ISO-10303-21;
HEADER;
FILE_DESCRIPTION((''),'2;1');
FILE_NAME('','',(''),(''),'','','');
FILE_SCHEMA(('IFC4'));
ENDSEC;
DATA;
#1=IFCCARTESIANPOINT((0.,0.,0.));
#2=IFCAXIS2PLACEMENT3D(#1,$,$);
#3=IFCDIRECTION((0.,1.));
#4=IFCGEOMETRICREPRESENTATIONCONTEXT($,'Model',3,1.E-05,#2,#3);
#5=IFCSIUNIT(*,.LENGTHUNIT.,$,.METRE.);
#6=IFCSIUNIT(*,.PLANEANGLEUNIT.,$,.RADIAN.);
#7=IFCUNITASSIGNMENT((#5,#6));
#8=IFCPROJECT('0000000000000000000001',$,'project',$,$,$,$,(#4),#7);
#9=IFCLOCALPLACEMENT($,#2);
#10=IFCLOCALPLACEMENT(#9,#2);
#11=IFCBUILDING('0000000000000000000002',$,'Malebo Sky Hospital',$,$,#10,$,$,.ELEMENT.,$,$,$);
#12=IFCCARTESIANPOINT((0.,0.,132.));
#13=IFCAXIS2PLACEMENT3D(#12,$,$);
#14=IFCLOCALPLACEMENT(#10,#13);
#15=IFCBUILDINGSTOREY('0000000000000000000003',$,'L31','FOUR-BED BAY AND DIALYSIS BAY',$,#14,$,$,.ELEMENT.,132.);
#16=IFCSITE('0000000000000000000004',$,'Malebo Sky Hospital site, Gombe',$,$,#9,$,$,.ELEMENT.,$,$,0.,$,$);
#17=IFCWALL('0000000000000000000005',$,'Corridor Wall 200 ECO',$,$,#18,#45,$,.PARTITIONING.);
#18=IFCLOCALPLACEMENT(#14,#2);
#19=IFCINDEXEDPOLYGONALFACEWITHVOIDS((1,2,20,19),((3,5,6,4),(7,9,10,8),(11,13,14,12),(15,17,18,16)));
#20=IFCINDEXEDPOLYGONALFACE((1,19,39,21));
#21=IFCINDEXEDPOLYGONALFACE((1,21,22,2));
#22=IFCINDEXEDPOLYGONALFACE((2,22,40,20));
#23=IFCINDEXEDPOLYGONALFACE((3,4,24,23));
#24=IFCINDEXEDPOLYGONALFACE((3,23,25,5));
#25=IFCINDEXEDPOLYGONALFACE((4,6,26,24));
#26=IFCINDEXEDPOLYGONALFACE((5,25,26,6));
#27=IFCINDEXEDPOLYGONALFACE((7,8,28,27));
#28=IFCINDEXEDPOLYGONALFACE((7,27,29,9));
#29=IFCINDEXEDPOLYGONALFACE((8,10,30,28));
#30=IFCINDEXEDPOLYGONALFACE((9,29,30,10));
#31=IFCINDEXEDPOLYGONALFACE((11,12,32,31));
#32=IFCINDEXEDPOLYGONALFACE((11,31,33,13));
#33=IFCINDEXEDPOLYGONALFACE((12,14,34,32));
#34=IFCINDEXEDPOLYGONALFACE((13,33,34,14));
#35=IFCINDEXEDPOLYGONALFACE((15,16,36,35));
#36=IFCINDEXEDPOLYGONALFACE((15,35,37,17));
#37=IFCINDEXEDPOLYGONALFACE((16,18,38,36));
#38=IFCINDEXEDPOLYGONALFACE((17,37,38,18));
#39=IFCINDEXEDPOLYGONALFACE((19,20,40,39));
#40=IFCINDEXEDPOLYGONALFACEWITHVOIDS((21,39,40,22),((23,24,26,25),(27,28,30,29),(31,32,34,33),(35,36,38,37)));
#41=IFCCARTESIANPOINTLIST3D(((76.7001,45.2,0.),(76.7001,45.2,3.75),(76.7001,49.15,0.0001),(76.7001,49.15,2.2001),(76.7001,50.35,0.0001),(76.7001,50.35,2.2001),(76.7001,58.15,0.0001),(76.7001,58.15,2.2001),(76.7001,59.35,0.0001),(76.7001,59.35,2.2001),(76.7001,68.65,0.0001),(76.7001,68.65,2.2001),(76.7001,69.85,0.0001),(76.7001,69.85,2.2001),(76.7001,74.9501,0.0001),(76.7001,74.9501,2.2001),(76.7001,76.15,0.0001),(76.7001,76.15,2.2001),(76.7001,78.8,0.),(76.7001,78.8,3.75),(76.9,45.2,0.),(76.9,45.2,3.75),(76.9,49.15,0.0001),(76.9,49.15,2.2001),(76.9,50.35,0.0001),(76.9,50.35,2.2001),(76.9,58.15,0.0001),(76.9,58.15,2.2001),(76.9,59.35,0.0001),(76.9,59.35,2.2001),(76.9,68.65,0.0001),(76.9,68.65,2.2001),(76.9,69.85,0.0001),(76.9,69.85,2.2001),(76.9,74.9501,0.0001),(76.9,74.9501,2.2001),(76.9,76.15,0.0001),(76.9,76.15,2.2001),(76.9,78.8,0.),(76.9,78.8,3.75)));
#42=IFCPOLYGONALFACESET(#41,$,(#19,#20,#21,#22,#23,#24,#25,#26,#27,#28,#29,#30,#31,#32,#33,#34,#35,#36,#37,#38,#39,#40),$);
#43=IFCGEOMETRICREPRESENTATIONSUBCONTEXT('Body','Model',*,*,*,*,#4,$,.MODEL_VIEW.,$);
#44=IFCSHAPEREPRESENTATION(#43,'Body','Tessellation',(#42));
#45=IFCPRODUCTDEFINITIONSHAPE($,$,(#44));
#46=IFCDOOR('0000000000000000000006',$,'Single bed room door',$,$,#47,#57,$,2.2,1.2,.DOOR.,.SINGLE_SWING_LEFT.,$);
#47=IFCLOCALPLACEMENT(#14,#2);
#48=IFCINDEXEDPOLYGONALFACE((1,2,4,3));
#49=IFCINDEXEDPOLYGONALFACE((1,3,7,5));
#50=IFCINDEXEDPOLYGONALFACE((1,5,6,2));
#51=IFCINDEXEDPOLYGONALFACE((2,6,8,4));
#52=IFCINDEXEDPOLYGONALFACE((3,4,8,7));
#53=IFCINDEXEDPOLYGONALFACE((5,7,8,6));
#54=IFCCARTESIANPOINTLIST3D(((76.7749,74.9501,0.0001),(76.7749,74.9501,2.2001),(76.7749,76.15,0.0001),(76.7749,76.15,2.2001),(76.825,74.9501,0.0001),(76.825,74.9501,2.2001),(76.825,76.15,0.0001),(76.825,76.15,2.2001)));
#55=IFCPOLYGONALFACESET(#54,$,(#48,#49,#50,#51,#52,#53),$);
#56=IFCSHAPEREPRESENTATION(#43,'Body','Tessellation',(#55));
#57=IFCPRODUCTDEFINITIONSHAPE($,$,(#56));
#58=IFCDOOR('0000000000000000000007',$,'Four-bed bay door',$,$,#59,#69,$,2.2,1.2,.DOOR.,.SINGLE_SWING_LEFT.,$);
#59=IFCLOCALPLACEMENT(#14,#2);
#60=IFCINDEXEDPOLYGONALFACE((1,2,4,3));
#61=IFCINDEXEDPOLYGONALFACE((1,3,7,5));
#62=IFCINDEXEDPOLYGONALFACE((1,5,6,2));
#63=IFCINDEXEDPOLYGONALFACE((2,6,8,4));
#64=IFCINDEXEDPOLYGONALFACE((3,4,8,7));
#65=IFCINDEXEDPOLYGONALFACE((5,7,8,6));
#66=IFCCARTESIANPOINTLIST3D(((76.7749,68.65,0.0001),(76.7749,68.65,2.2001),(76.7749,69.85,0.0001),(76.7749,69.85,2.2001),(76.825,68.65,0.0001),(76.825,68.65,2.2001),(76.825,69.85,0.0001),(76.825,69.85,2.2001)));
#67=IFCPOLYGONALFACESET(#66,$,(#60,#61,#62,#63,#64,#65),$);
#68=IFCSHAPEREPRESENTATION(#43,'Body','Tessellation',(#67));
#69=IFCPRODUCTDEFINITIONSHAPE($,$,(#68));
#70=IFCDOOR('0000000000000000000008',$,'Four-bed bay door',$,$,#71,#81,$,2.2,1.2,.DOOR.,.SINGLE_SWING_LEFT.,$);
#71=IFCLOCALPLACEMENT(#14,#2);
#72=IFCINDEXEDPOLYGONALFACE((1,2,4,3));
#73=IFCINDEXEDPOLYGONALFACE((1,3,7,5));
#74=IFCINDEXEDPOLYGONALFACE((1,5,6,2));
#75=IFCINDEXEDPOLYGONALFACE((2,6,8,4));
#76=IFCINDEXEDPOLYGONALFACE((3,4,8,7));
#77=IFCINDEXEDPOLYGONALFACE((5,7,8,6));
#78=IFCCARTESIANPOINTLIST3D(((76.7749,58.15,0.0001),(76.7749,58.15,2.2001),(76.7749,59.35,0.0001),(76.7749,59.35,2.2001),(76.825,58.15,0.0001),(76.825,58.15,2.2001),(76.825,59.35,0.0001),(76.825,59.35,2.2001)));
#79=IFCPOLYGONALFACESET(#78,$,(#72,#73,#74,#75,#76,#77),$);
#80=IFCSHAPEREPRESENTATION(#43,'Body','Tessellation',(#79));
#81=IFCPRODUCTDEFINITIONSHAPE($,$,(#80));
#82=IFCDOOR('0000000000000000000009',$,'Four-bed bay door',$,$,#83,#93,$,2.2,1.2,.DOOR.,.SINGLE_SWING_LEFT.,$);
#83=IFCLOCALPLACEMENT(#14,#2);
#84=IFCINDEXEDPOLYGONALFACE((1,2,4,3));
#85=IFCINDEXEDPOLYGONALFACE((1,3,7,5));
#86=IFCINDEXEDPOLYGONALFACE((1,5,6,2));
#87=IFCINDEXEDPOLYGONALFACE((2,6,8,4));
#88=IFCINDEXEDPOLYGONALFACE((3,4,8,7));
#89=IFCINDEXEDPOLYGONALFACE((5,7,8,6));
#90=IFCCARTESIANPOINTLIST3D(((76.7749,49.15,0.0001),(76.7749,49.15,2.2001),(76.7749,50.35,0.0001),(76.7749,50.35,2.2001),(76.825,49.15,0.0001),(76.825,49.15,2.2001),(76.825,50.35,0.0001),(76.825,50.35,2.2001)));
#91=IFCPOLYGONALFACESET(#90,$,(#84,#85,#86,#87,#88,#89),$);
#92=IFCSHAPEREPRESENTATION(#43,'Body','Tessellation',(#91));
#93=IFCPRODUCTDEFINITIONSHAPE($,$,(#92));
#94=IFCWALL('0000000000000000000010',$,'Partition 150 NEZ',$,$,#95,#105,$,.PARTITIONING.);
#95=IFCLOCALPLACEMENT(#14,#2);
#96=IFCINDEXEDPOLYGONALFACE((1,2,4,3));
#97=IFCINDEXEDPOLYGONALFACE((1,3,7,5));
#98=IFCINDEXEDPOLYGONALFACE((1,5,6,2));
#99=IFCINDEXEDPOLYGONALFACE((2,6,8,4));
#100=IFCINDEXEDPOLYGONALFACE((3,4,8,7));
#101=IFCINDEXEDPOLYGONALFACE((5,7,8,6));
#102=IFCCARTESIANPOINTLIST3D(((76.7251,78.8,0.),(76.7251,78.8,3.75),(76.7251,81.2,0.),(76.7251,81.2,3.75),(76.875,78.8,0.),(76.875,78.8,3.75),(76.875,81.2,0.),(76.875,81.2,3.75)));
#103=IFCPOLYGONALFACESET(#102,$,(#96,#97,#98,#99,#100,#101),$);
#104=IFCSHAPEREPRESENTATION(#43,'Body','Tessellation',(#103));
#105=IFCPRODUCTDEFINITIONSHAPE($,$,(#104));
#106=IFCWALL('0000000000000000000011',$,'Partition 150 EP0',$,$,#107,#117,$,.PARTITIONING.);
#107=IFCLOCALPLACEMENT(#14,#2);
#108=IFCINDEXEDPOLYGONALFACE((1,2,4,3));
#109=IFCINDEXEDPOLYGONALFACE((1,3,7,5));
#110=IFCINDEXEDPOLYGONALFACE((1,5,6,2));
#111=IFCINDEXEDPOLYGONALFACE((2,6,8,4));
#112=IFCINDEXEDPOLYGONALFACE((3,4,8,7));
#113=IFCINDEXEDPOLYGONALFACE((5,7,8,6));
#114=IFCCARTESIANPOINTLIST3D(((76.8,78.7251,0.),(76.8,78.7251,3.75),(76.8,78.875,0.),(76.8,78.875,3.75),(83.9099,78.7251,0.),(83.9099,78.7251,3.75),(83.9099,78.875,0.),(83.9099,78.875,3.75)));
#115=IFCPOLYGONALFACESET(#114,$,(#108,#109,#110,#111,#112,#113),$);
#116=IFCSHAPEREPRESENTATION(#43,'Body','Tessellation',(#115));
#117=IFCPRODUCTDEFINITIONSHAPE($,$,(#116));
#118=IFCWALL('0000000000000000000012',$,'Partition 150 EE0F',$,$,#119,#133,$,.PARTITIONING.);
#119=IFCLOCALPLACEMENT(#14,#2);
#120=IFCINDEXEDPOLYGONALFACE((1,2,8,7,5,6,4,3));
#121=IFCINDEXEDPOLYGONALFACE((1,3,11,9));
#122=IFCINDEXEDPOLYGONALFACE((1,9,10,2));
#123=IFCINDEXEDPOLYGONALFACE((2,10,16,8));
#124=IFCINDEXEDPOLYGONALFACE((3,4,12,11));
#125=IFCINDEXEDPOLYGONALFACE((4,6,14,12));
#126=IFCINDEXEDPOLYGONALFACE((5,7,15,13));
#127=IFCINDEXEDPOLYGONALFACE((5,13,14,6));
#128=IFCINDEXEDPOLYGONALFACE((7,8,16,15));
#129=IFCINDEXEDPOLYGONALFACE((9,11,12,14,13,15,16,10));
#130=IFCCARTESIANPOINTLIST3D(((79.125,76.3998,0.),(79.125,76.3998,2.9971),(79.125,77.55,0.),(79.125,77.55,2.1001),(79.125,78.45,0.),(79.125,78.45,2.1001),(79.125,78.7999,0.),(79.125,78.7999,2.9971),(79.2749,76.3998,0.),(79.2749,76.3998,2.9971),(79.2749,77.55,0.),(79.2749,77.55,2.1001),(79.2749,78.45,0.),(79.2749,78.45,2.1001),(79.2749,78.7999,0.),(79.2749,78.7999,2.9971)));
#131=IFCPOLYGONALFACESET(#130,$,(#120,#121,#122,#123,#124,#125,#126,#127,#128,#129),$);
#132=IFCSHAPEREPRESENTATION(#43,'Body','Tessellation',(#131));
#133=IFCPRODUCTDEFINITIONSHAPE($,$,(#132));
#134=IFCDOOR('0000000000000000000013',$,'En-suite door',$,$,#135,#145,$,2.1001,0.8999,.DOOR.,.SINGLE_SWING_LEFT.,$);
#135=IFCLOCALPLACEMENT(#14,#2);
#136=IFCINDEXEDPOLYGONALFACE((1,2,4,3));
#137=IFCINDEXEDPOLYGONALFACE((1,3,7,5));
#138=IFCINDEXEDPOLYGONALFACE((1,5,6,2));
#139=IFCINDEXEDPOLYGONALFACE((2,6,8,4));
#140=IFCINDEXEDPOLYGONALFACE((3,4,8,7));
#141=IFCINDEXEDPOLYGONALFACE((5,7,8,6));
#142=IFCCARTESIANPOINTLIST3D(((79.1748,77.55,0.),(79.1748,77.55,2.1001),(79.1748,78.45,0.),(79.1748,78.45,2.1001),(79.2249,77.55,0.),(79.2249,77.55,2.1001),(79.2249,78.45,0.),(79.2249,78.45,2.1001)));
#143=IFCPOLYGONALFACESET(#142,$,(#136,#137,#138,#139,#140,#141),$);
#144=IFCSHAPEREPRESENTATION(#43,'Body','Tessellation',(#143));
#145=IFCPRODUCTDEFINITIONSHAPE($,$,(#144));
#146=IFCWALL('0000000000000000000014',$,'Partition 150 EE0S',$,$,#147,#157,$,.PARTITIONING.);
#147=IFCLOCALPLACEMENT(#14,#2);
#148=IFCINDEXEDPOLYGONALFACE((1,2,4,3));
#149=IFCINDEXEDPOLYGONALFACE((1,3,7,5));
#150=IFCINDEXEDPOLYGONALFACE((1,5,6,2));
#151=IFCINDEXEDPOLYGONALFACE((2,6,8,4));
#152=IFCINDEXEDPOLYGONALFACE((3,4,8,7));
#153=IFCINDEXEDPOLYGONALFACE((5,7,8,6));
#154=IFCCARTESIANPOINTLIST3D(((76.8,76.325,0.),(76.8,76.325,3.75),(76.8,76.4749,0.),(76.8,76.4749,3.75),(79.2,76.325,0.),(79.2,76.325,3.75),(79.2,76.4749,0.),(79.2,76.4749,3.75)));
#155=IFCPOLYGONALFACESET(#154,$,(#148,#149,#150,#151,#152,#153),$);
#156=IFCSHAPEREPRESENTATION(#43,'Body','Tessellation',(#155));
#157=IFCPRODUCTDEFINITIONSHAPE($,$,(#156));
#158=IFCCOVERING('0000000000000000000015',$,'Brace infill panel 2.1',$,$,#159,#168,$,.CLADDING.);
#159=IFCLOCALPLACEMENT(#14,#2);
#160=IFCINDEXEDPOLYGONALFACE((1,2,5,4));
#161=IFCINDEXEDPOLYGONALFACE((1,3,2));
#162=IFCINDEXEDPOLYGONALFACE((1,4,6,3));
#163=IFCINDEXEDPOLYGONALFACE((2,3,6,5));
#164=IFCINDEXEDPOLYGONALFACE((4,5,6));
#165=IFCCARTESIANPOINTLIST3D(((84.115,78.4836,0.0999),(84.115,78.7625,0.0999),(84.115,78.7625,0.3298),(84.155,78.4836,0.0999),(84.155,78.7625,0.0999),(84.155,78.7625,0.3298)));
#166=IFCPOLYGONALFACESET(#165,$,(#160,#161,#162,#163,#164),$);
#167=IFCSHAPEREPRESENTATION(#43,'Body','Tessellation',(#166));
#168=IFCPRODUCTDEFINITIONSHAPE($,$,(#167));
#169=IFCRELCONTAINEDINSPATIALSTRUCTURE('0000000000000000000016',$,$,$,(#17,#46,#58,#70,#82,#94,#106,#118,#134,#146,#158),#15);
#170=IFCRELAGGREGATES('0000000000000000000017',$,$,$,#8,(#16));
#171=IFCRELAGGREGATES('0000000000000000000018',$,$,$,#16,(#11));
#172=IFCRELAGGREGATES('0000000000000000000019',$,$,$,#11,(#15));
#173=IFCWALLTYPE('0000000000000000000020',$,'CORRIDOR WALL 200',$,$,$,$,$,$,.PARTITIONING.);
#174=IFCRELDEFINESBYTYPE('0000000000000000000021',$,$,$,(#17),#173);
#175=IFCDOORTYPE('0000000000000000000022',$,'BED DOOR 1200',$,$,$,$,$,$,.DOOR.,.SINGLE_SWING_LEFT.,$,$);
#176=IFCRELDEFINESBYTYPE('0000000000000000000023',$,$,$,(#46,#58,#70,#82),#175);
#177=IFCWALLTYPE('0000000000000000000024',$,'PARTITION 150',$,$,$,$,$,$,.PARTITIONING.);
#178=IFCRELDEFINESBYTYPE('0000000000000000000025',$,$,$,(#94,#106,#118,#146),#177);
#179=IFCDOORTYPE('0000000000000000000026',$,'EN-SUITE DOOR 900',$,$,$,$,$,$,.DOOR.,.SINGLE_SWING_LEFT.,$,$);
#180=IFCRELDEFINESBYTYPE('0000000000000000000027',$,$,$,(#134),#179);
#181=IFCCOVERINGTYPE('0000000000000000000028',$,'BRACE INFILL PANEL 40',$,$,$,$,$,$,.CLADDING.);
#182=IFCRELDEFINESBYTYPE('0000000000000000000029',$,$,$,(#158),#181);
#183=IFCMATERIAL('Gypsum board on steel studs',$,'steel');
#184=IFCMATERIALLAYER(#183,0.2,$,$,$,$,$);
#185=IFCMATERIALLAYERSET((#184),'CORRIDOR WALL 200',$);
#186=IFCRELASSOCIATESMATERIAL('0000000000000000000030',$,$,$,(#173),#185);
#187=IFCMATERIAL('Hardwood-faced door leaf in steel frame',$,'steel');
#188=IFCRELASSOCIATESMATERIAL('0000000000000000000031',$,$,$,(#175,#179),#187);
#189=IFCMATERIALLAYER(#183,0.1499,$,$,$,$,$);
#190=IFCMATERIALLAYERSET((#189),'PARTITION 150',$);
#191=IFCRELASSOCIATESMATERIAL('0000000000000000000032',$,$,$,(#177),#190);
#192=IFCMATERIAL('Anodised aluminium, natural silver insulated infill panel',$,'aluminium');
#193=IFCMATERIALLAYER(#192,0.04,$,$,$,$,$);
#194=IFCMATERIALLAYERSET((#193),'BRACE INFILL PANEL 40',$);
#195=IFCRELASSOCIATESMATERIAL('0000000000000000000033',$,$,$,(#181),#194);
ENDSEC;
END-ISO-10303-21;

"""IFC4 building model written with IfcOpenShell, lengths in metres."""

from ifc_helpers import new_model, si_unit, direction, frame, frame_2d, origin, place, context, subcontext, project, spatial, polyline, rectangle, outline, extrude, material, layer, layer_set, type_object, element, fill, save


model = new_model("IFC4")

# Units and contexts
model_context = context("Model", 3, precision=1e-05, world=origin(), true_north=direction((0.0, 1.0)))
body_context = subcontext(model_context, "Body", "Model", "MODEL_VIEW")
ifc_project = project(units=[si_unit("LENGTHUNIT", "METRE"), si_unit("PLANEANGLEUNIT", "RADIAN")], contexts=[model_context])

# Site, building, storey
site_placement = place(None, origin())
site = spatial("IfcSite", under=ifc_project, at=site_placement, Name="Malebo Sky Hospital site, Gombe", CompositionType="ELEMENT", RefElevation=0.0)
building_placement = place(site_placement, origin())
building = spatial("IfcBuilding", under=site, at=building_placement, Name="Malebo Sky Hospital", CompositionType="ELEMENT")
storey_placement = place(building_placement, frame((0.0, 0.0, 132.0)))
storey = spatial("IfcBuildingStorey", under=building, at=storey_placement, Name="L31", Description="FOUR-BED BAY AND DIALYSIS BAY", CompositionType="ELEMENT", Elevation=132.0)

# Wall, openings, doors
ifc_material_1 = material(Name="Gypsum board on steel studs", Category="steel")
ifc_layer_1 = layer(ifc_material_1, 0.2)
ifc_layer_set_1 = layer_set([ifc_layer_1], Name="CORRIDOR WALL 200")
wall_type_1 = type_object("IfcWallType", Name="CORRIDOR WALL 200", PredefinedType="PARTITIONING", material=ifc_layer_set_1)
wall_1_placement = place(storey_placement, frame((76.8, 78.8, 0.0), z_axis=(0.0, 0.0, 1.0), x_axis=(0.0, -1.0, 0.0)))
wall_1 = element("IfcWall", 1, at=wall_1_placement, inside=storey, type_object=wall_type_1, Name="Corridor Wall 200 ECO", PredefinedType="PARTITIONING", context=body_context, shape_type="SweptSolid", body=[
    extrude(rectangle(XDim=33.6001, YDim=0.2, at=frame_2d((16.8, 0.0))), origin(), (0.0, 0.0, 1.0), 3.75),
])
opening_1_placement = place(wall_1_placement, frame((2.6499, 0.0, 0.0)))
opening_1 = element("IfcOpeningElement", 2, at=opening_1_placement, cuts=wall_1, PredefinedType="OPENING", context=body_context, shape_type="SweptSolid", body=[
    extrude(rectangle(XDim=1.2, YDim=2.2, at=frame_2d((0.6001, 1.1001))), frame((0.0, 0.1099, 0.0), z_axis=(0.0, -1.0, 0.0), x_axis=(1.0, 0.0, 0.0)), (0.0, 0.0, 1.0), 0.22),
])
opening_2_placement = place(wall_1_placement, frame((8.95, 0.0, 0.0)))
opening_2 = element("IfcOpeningElement", 3, at=opening_2_placement, cuts=wall_1, PredefinedType="OPENING", context=body_context, shape_type="SweptSolid", body=[
    extrude(rectangle(XDim=1.2, YDim=2.2, at=frame_2d((0.6001, 1.1001))), frame((0.0, 0.1099, 0.0), z_axis=(0.0, -1.0, 0.0), x_axis=(1.0, 0.0, 0.0)), (0.0, 0.0, 1.0), 0.22),
])
opening_3_placement = place(wall_1_placement, frame((19.45, 0.0, 0.0)))
opening_3 = element("IfcOpeningElement", 4, at=opening_3_placement, cuts=wall_1, PredefinedType="OPENING", context=body_context, shape_type="SweptSolid", body=[
    extrude(rectangle(XDim=1.2, YDim=2.2, at=frame_2d((0.6001, 1.1001))), frame((0.0, 0.1099, 0.0), z_axis=(0.0, -1.0, 0.0), x_axis=(1.0, 0.0, 0.0)), (0.0, 0.0, 1.0), 0.22),
])
opening_4_placement = place(wall_1_placement, frame((28.45, 0.0, 0.0)))
opening_4 = element("IfcOpeningElement", 5, at=opening_4_placement, cuts=wall_1, PredefinedType="OPENING", context=body_context, shape_type="SweptSolid", body=[
    extrude(rectangle(XDim=1.2, YDim=2.2, at=frame_2d((0.6001, 1.1001))), frame((0.0, 0.1099, 0.0), z_axis=(0.0, -1.0, 0.0), x_axis=(1.0, 0.0, 0.0)), (0.0, 0.0, 1.0), 0.22),
])
ifc_material_2 = material(Name="Hardwood-faced door leaf in steel frame", Category="steel")
door_type_1 = type_object("IfcDoorType", Name="BED DOOR 1200", OperationType="SINGLE_SWING_LEFT", PredefinedType="DOOR", material=ifc_material_2)
door_1_placement = place(opening_1_placement, origin())
door_1 = element("IfcDoor", 6, at=door_1_placement, inside=storey, type_object=door_type_1, Name="Single bed room door", OperationType="SINGLE_SWING_LEFT", OverallHeight=2.2, OverallWidth=1.2, PredefinedType="DOOR", context=body_context, shape_type="SweptSolid", body=[
    extrude(rectangle(XDim=1.2, YDim=2.2, at=frame_2d((0.6001, 1.1001))), frame((0.0, 0.0249, 0.0), z_axis=(0.0, -1.0, 0.0), x_axis=(1.0, 0.0, 0.0)), (0.0, 0.0, 1.0), 0.05),
])
fill(opening_1, door_1)
door_2_placement = place(opening_2_placement, origin())
door_2 = element("IfcDoor", 7, at=door_2_placement, inside=storey, type_object=door_type_1, Name="Four-bed bay door", OperationType="SINGLE_SWING_LEFT", OverallHeight=2.2, OverallWidth=1.2, PredefinedType="DOOR", context=body_context, shape_type="SweptSolid", body=[
    extrude(rectangle(XDim=1.2, YDim=2.2, at=frame_2d((0.6001, 1.1001))), frame((0.0, 0.0249, 0.0), z_axis=(0.0, -1.0, 0.0), x_axis=(1.0, 0.0, 0.0)), (0.0, 0.0, 1.0), 0.05),
])
fill(opening_2, door_2)
door_3_placement = place(opening_3_placement, origin())
door_3 = element("IfcDoor", 8, at=door_3_placement, inside=storey, type_object=door_type_1, Name="Four-bed bay door", OperationType="SINGLE_SWING_LEFT", OverallHeight=2.2, OverallWidth=1.2, PredefinedType="DOOR", context=body_context, shape_type="SweptSolid", body=[
    extrude(rectangle(XDim=1.2, YDim=2.2, at=frame_2d((0.6001, 1.1001))), frame((0.0, 0.0249, 0.0), z_axis=(0.0, -1.0, 0.0), x_axis=(1.0, 0.0, 0.0)), (0.0, 0.0, 1.0), 0.05),
])
fill(opening_3, door_3)
door_4_placement = place(opening_4_placement, origin())
door_4 = element("IfcDoor", 9, at=door_4_placement, inside=storey, type_object=door_type_1, Name="Four-bed bay door", OperationType="SINGLE_SWING_LEFT", OverallHeight=2.2, OverallWidth=1.2, PredefinedType="DOOR", context=body_context, shape_type="SweptSolid", body=[
    extrude(rectangle(XDim=1.2, YDim=2.2, at=frame_2d((0.6001, 1.1001))), frame((0.0, 0.0249, 0.0), z_axis=(0.0, -1.0, 0.0), x_axis=(1.0, 0.0, 0.0)), (0.0, 0.0, 1.0), 0.05),
])
fill(opening_4, door_4)

# Walls
ifc_layer_2 = layer(ifc_material_1, 0.1499)
ifc_layer_set_2 = layer_set([ifc_layer_2], Name="PARTITION 150")
wall_type_2 = type_object("IfcWallType", Name="PARTITION 150", PredefinedType="PARTITIONING", material=ifc_layer_set_2)
wall_2_placement = place(storey_placement, frame((76.8, 78.8, 0.0), z_axis=(0.0, 0.0, 1.0), x_axis=(0.0, 1.0, 0.0)))
element("IfcWall", 10, at=wall_2_placement, inside=storey, type_object=wall_type_2, Name="Partition 150 NEZ", PredefinedType="PARTITIONING", context=body_context, shape_type="SweptSolid", body=[
    extrude(rectangle(XDim=2.3999, YDim=0.1499, at=frame_2d((1.2, 0.0))), origin(), (0.0, 0.0, 1.0), 3.75),
])
wall_3_placement = place(storey_placement, frame((76.8, 78.8, 0.0), z_axis=(0.0, 0.0, 1.0), x_axis=(1.0, 0.0, 0.0)))
element("IfcWall", 11, at=wall_3_placement, inside=storey, type_object=wall_type_2, Name="Partition 150 EP0", PredefinedType="PARTITIONING", context=body_context, shape_type="SweptSolid", body=[
    extrude(rectangle(XDim=7.1099, YDim=0.1499, at=frame_2d((3.5549, 0.0))), origin(), (0.0, 0.0, 1.0), 3.75),
])

# Wall, opening, door
wall_4_placement = place(storey_placement, frame((79.2, 78.8, 0.0), z_axis=(0.0, 0.0, 1.0), x_axis=(0.0, -1.0, 0.0)))
wall_4 = element("IfcWall", 12, at=wall_4_placement, inside=storey, type_object=wall_type_2, Name="Partition 150 EE0F", PredefinedType="PARTITIONING", context=body_context, shape_type="SweptSolid", body=[
    extrude(rectangle(XDim=2.4001, YDim=0.1499, at=frame_2d((1.2002, 0.0))), origin(), (0.0, 0.0, 1.0), 2.9971),
])
opening_5_placement = place(wall_4_placement, frame((0.3501, 0.0, 0.0)))
opening_5 = element("IfcOpeningElement", 13, at=opening_5_placement, cuts=wall_4, PredefinedType="OPENING", context=body_context, shape_type="SweptSolid", body=[
    extrude(rectangle(XDim=0.8999, YDim=2.1001, at=frame_2d((0.45, 1.05))), frame((0.0, 0.085, 0.0), z_axis=(0.0, -1.0, 0.0), x_axis=(1.0, 0.0, 0.0)), (0.0, 0.0, 1.0), 0.1699),
])
door_type_2 = type_object("IfcDoorType", Name="EN-SUITE DOOR 900", OperationType="SINGLE_SWING_LEFT", PredefinedType="DOOR", material=ifc_material_2)
door_5_placement = place(opening_5_placement, origin())
door_5 = element("IfcDoor", 14, at=door_5_placement, inside=storey, type_object=door_type_2, Name="En-suite door", OperationType="SINGLE_SWING_LEFT", OverallHeight=2.1001, OverallWidth=0.8999, PredefinedType="DOOR", context=body_context, shape_type="SweptSolid", body=[
    extrude(rectangle(XDim=0.8999, YDim=2.1001, at=frame_2d((0.45, 1.05))), frame((0.0, 0.0249, 0.0), z_axis=(0.0, -1.0, 0.0), x_axis=(1.0, 0.0, 0.0)), (0.0, 0.0, 1.0), 0.05),
])
fill(opening_5, door_5)

# Wall
wall_5_placement = place(storey_placement, frame((76.8, 76.3999, 0.0), z_axis=(0.0, 0.0, 1.0), x_axis=(1.0, 0.0, 0.0)))
element("IfcWall", 15, at=wall_5_placement, inside=storey, type_object=wall_type_2, Name="Partition 150 EE0S", PredefinedType="PARTITIONING", context=body_context, shape_type="SweptSolid", body=[
    extrude(rectangle(XDim=2.3999, YDim=0.1499, at=frame_2d((1.2, 0.0))), origin(), (0.0, 0.0, 1.0), 3.75),
])

# Covering
ifc_material_3 = material(Name="Anodised aluminium, natural silver insulated infill panel", Category="aluminium")
ifc_layer_3 = layer(ifc_material_3, 0.04)
ifc_layer_set_3 = layer_set([ifc_layer_3], Name="BRACE INFILL PANEL 40")
covering_type = type_object("IfcCoveringType", Name="BRACE INFILL PANEL 40", PredefinedType="CLADDING", material=ifc_layer_set_3)
covering_placement = place(storey_placement, frame((84.135, 78.623, 0.0999), z_axis=(0.0, 0.0, 1.0), x_axis=(0.0, -1.0, 0.0)))
element("IfcCovering", 16, at=covering_placement, inside=storey, type_object=covering_type, Name="Brace infill panel 2.1", PredefinedType="CLADDING", context=body_context, shape_type="SweptSolid", body=[
    extrude(outline(polyline([(-0.1394, 0.0), (0.1394, 0.0), (-0.1394, 0.23), (-0.1394, 0.0)])), frame((0.0, 0.02, 0.0), z_axis=(0.0, -1.0, 0.0), x_axis=(1.0, 0.0, 0.0)), (0.0, 0.0, 1.0), 0.04),
])

save(model, "model.ifc")
